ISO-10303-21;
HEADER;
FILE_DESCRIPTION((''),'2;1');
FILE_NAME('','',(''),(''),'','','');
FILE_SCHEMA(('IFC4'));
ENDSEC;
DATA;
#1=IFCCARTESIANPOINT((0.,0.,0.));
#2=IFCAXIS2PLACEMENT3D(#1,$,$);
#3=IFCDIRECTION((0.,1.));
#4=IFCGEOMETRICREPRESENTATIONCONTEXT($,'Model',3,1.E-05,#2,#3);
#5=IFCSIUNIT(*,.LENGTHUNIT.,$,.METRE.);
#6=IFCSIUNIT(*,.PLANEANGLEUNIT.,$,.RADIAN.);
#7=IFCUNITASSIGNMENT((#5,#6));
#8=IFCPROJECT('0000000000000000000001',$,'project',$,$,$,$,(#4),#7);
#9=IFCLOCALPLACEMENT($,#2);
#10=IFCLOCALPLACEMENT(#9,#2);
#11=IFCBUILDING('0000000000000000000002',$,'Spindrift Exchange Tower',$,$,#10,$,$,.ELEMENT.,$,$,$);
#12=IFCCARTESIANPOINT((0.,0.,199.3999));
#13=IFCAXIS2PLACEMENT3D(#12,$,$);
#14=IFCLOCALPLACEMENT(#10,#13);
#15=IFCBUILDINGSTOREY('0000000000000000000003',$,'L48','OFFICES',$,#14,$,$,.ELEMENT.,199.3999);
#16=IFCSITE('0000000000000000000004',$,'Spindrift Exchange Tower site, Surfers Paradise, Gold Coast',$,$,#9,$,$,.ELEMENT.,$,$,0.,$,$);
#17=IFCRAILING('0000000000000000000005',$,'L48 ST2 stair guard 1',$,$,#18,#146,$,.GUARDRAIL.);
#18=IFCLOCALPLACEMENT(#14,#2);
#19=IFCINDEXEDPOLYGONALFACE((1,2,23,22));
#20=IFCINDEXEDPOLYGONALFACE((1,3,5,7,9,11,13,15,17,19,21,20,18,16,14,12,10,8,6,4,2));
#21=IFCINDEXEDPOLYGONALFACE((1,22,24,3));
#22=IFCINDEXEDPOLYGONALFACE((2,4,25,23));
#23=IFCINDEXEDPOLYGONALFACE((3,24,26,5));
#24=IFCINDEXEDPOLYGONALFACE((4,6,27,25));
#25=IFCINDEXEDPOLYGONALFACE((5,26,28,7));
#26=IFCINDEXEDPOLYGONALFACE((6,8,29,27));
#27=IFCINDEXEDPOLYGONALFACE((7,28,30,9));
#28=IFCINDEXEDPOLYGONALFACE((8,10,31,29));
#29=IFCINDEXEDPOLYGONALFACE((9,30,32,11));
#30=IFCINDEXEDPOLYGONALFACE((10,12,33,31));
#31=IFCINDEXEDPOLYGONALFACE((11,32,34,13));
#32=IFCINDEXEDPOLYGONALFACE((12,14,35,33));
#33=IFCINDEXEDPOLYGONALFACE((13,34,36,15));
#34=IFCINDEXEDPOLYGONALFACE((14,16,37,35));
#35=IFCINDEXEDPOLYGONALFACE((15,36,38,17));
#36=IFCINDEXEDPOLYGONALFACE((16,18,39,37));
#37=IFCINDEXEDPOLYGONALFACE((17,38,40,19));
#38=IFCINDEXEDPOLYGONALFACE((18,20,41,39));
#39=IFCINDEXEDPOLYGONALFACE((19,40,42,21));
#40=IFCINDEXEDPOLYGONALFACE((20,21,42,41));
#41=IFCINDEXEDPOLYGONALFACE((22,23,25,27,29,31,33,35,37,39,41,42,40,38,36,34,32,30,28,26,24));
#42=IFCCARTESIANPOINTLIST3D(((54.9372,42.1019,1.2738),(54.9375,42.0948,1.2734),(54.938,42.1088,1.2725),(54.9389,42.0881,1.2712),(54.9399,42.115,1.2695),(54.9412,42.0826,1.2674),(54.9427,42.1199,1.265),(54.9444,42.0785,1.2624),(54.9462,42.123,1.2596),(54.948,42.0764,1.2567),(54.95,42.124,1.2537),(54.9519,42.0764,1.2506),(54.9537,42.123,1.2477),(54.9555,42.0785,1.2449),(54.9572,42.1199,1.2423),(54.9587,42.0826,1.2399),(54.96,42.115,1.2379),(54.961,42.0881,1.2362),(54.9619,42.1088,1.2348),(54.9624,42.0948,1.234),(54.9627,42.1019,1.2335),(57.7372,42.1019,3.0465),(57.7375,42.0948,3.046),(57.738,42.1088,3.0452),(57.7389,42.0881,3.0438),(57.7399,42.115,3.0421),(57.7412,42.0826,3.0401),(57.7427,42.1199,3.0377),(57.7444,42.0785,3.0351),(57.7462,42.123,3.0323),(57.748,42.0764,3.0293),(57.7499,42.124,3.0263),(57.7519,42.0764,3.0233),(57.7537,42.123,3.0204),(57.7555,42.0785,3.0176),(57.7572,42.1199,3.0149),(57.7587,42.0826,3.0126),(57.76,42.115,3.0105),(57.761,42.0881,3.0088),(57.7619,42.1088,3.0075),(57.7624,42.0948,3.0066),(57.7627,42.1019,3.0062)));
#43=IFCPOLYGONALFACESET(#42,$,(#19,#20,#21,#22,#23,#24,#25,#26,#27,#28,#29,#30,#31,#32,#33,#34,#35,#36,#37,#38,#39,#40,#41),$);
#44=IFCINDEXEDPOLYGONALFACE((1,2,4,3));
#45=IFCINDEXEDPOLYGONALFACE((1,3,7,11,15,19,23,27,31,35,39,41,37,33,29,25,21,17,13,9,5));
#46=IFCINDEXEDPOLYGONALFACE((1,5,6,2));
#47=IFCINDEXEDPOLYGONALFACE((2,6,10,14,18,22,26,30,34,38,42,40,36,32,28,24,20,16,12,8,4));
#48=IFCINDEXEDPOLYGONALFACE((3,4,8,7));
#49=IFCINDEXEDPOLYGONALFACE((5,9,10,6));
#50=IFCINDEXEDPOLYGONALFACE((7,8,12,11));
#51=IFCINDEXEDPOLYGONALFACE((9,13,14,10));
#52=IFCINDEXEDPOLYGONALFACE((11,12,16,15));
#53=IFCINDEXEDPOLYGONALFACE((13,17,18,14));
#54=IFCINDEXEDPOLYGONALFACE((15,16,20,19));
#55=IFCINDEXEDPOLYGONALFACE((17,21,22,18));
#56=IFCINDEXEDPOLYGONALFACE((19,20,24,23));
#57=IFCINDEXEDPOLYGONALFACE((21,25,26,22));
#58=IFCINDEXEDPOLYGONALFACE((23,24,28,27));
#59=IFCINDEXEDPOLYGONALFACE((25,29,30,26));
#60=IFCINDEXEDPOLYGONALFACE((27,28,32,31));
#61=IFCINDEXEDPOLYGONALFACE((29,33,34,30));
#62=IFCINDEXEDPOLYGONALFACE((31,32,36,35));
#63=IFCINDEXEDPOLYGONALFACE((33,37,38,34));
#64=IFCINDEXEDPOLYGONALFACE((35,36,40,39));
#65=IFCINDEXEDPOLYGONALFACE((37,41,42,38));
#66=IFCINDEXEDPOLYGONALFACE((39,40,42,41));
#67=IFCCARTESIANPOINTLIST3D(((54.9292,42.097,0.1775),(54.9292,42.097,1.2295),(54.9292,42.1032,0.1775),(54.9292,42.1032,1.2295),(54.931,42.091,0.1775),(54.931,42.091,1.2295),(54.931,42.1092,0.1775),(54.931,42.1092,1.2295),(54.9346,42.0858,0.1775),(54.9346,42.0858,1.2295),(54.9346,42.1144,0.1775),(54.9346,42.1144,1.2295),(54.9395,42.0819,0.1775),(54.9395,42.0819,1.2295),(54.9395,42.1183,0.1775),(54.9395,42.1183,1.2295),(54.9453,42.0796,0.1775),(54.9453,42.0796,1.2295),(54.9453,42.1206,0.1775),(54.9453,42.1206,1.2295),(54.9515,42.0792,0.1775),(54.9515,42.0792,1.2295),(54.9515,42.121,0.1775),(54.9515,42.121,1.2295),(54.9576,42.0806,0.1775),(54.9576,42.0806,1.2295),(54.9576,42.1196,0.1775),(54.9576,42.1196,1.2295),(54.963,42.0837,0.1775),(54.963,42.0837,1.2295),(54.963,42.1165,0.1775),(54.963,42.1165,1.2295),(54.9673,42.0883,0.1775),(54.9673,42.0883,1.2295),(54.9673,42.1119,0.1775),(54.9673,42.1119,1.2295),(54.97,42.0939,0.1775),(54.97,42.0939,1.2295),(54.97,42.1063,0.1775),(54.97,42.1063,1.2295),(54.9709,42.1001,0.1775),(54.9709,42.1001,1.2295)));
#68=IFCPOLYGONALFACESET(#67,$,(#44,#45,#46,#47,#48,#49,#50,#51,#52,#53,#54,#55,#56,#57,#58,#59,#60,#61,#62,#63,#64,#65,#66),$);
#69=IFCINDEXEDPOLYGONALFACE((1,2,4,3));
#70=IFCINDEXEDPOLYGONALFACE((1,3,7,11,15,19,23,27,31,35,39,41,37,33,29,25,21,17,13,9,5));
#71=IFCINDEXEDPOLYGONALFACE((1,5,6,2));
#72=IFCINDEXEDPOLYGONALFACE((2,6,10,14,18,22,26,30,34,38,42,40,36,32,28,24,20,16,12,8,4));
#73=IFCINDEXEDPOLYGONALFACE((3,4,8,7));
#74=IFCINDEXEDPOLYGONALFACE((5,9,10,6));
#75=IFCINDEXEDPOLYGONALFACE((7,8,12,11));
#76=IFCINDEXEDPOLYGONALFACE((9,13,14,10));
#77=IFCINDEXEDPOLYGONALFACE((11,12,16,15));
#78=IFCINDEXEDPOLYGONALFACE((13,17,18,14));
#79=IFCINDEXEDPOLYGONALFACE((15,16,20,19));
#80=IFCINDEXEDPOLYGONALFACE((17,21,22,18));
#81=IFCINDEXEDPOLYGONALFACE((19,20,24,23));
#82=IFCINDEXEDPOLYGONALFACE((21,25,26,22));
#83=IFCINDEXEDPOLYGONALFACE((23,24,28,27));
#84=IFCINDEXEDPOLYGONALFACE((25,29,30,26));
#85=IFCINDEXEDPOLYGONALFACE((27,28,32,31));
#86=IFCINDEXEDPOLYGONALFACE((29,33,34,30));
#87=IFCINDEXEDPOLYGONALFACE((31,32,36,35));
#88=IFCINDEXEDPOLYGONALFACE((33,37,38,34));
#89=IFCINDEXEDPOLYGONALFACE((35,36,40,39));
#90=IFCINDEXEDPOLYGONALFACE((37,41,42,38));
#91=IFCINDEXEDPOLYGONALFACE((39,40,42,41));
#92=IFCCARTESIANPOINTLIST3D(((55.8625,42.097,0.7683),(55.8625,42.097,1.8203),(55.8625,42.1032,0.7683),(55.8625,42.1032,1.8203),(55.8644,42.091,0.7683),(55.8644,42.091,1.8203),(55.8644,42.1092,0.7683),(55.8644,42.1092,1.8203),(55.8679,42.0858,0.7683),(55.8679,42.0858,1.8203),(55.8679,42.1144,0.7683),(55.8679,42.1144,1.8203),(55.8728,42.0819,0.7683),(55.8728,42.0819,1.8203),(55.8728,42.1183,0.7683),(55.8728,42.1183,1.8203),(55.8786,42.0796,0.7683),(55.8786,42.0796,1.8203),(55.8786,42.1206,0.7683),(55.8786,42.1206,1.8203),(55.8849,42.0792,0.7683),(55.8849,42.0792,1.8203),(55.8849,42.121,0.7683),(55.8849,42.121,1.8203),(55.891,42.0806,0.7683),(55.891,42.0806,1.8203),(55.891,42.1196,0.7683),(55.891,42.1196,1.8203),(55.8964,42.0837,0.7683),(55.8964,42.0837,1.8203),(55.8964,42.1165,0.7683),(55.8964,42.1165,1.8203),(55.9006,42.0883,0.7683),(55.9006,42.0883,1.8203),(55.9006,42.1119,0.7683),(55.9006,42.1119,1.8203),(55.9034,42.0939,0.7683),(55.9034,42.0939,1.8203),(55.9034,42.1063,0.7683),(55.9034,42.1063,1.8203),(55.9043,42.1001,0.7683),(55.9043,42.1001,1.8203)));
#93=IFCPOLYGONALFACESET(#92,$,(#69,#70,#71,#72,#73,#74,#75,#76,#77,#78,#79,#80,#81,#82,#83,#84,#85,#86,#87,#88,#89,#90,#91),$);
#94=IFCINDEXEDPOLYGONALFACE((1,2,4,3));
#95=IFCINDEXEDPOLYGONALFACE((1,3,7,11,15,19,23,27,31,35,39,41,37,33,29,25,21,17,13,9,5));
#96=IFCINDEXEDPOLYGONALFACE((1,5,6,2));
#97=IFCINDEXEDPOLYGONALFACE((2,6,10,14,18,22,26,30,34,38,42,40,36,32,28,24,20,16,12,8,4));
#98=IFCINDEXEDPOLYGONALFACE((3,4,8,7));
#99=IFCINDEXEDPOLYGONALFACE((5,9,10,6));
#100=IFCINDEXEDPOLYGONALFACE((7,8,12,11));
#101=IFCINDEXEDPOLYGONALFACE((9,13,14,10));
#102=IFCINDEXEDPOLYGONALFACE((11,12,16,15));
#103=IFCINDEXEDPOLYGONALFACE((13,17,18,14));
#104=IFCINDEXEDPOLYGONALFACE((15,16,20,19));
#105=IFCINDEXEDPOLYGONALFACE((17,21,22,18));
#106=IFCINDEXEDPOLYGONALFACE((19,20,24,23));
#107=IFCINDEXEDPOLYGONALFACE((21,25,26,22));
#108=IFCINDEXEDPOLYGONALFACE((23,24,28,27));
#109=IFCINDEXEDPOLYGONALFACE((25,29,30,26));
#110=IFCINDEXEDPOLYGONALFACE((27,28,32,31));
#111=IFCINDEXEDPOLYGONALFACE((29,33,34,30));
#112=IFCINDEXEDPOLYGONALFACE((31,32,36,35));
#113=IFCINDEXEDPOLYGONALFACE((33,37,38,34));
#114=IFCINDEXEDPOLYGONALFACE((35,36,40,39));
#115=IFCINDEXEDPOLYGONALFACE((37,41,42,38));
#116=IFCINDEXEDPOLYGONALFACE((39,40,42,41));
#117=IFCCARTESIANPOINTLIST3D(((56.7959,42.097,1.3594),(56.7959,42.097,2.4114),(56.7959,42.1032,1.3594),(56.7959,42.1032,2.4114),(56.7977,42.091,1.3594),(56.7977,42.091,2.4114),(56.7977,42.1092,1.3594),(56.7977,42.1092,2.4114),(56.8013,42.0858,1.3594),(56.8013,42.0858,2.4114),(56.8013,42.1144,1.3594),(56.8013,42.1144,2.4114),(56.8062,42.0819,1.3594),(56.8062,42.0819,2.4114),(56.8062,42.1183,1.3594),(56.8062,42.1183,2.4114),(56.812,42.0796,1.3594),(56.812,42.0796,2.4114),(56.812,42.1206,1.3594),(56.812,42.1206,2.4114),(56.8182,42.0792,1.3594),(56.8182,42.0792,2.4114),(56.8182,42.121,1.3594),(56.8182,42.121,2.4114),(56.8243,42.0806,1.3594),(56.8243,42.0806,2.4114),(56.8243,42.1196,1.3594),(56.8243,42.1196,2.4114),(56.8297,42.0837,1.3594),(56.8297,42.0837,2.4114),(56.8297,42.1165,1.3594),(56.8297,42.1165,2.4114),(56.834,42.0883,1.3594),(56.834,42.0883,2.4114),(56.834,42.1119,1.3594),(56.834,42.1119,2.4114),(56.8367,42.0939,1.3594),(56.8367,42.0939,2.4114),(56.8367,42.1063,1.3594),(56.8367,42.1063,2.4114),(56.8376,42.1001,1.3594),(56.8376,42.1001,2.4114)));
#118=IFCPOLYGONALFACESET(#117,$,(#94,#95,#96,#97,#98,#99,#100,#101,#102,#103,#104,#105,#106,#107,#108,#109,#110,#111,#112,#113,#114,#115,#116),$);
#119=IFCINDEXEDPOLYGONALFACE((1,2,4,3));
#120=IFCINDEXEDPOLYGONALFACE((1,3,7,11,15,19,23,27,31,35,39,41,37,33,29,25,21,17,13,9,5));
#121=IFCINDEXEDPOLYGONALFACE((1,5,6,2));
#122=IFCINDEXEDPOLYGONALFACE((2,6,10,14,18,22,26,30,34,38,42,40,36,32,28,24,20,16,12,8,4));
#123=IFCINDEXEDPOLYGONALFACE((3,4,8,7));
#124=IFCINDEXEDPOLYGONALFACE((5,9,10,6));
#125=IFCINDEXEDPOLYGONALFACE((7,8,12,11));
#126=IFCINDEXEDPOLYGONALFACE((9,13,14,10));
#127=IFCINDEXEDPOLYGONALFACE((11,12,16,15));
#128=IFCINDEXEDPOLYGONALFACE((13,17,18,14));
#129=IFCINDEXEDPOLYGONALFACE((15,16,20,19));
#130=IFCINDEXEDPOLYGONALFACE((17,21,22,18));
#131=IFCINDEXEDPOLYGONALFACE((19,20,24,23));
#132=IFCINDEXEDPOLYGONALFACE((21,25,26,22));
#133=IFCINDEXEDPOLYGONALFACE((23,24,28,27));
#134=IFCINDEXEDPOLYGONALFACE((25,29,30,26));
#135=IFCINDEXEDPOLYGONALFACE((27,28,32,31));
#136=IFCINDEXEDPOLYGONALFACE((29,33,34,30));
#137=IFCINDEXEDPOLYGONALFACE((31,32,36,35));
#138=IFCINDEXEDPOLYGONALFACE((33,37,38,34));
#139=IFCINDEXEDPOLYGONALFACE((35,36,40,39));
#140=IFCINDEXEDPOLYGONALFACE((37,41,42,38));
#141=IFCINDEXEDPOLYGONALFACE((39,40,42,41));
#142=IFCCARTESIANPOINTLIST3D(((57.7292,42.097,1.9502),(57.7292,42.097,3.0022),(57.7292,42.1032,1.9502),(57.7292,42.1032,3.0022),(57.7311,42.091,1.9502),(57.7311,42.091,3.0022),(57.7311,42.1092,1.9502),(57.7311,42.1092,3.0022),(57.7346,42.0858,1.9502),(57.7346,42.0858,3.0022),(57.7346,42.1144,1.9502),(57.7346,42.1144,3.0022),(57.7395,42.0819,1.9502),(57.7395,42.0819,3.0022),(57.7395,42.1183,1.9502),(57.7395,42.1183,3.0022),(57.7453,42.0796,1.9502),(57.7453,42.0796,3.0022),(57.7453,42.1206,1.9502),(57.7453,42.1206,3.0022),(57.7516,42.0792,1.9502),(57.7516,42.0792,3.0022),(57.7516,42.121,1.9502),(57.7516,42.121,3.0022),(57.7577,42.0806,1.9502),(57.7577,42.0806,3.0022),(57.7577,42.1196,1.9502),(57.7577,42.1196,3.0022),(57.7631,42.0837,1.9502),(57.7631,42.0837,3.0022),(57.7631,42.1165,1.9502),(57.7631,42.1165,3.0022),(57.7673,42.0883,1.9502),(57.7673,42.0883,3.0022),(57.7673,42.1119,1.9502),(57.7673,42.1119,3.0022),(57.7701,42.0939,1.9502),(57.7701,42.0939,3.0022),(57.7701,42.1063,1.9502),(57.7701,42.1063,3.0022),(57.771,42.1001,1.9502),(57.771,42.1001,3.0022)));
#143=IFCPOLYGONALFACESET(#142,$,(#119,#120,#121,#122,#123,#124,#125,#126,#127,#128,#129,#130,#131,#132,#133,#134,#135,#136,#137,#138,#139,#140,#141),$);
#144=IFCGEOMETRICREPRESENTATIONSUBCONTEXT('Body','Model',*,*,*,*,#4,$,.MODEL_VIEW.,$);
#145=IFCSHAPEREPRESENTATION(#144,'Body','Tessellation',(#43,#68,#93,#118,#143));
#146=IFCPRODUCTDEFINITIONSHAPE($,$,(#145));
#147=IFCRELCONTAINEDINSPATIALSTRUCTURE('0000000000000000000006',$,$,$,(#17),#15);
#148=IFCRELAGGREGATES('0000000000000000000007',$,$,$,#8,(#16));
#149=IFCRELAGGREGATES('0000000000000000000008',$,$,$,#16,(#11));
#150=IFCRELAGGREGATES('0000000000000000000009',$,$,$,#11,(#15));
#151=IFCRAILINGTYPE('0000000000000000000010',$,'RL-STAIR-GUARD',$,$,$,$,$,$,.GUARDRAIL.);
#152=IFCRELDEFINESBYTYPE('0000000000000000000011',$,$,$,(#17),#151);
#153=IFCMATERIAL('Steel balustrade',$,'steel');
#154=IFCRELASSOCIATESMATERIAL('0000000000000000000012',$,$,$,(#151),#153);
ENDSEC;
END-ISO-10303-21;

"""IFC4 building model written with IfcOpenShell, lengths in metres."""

from ifc_helpers import new_model, si_unit, direction, frame, origin, origin_2d, place, context, subcontext, project, spatial, circle, extrude, material, type_object, element, save


model = new_model("IFC4")

# Units and contexts
model_context = context("Model", 3, precision=1e-05, world=origin(), true_north=direction((0.0, 1.0)))
body_context = subcontext(model_context, "Body", "Model", "MODEL_VIEW")
ifc_project = project(units=[si_unit("LENGTHUNIT", "METRE"), si_unit("PLANEANGLEUNIT", "RADIAN")], contexts=[model_context])

# Site, building, storey
site_placement = place(None, origin())
site = spatial("IfcSite", under=ifc_project, at=site_placement, Name="Spindrift Exchange Tower site, Surfers Paradise, Gold Coast", CompositionType="ELEMENT", RefElevation=0.0)
building_placement = place(site_placement, origin())
building = spatial("IfcBuilding", under=site, at=building_placement, Name="Spindrift Exchange Tower", CompositionType="ELEMENT")
storey_placement = place(building_placement, frame((0.0, 0.0, 199.3999)))
storey = spatial("IfcBuildingStorey", under=building, at=storey_placement, Name="L48", Description="OFFICES", CompositionType="ELEMENT", Elevation=199.3999)

# Railing
ifc_material_1 = material(Name="Steel balustrade", Category="steel")
railing_type_1 = type_object("IfcRailingType", Name="RL-STAIR-GUARD", PredefinedType="GUARDRAIL", material=ifc_material_1)
railing_1_placement = place(storey_placement, frame((54.95, 42.1001, 0.1775)))
element("IfcRailing", 1, at=railing_1_placement, inside=storey, type_object=railing_type_1, Name="L48 ST2 stair guard 1", PredefinedType="GUARDRAIL", context=body_context, shape_type="SweptSolid", body=[
    extrude(circle(Radius=0.0239, at=origin_2d()), frame((0.0, 0.0, 1.0762), z_axis=(0.844909, 0.0, 0.53491), x_axis=(0.0, 1.0, 0.0)), (0.0, 0.0, 1.0), 3.314),
    extrude(circle(Radius=0.021, at=origin_2d()), origin(), (0.0, 0.0, 1.0), 1.052),
    extrude(circle(Radius=0.021, at=origin_2d()), frame((0.9333, 0.0, 0.5908)), (0.0, 0.0, 1.0), 1.052),
    extrude(circle(Radius=0.021, at=origin_2d()), frame((1.8667, 0.0, 1.1819)), (0.0, 0.0, 1.0), 1.052),
    extrude(circle(Radius=0.021, at=origin_2d()), frame((2.8, 0.0, 1.7727)), (0.0, 0.0, 1.0), 1.052),
])

save(model, "model.ifc")
